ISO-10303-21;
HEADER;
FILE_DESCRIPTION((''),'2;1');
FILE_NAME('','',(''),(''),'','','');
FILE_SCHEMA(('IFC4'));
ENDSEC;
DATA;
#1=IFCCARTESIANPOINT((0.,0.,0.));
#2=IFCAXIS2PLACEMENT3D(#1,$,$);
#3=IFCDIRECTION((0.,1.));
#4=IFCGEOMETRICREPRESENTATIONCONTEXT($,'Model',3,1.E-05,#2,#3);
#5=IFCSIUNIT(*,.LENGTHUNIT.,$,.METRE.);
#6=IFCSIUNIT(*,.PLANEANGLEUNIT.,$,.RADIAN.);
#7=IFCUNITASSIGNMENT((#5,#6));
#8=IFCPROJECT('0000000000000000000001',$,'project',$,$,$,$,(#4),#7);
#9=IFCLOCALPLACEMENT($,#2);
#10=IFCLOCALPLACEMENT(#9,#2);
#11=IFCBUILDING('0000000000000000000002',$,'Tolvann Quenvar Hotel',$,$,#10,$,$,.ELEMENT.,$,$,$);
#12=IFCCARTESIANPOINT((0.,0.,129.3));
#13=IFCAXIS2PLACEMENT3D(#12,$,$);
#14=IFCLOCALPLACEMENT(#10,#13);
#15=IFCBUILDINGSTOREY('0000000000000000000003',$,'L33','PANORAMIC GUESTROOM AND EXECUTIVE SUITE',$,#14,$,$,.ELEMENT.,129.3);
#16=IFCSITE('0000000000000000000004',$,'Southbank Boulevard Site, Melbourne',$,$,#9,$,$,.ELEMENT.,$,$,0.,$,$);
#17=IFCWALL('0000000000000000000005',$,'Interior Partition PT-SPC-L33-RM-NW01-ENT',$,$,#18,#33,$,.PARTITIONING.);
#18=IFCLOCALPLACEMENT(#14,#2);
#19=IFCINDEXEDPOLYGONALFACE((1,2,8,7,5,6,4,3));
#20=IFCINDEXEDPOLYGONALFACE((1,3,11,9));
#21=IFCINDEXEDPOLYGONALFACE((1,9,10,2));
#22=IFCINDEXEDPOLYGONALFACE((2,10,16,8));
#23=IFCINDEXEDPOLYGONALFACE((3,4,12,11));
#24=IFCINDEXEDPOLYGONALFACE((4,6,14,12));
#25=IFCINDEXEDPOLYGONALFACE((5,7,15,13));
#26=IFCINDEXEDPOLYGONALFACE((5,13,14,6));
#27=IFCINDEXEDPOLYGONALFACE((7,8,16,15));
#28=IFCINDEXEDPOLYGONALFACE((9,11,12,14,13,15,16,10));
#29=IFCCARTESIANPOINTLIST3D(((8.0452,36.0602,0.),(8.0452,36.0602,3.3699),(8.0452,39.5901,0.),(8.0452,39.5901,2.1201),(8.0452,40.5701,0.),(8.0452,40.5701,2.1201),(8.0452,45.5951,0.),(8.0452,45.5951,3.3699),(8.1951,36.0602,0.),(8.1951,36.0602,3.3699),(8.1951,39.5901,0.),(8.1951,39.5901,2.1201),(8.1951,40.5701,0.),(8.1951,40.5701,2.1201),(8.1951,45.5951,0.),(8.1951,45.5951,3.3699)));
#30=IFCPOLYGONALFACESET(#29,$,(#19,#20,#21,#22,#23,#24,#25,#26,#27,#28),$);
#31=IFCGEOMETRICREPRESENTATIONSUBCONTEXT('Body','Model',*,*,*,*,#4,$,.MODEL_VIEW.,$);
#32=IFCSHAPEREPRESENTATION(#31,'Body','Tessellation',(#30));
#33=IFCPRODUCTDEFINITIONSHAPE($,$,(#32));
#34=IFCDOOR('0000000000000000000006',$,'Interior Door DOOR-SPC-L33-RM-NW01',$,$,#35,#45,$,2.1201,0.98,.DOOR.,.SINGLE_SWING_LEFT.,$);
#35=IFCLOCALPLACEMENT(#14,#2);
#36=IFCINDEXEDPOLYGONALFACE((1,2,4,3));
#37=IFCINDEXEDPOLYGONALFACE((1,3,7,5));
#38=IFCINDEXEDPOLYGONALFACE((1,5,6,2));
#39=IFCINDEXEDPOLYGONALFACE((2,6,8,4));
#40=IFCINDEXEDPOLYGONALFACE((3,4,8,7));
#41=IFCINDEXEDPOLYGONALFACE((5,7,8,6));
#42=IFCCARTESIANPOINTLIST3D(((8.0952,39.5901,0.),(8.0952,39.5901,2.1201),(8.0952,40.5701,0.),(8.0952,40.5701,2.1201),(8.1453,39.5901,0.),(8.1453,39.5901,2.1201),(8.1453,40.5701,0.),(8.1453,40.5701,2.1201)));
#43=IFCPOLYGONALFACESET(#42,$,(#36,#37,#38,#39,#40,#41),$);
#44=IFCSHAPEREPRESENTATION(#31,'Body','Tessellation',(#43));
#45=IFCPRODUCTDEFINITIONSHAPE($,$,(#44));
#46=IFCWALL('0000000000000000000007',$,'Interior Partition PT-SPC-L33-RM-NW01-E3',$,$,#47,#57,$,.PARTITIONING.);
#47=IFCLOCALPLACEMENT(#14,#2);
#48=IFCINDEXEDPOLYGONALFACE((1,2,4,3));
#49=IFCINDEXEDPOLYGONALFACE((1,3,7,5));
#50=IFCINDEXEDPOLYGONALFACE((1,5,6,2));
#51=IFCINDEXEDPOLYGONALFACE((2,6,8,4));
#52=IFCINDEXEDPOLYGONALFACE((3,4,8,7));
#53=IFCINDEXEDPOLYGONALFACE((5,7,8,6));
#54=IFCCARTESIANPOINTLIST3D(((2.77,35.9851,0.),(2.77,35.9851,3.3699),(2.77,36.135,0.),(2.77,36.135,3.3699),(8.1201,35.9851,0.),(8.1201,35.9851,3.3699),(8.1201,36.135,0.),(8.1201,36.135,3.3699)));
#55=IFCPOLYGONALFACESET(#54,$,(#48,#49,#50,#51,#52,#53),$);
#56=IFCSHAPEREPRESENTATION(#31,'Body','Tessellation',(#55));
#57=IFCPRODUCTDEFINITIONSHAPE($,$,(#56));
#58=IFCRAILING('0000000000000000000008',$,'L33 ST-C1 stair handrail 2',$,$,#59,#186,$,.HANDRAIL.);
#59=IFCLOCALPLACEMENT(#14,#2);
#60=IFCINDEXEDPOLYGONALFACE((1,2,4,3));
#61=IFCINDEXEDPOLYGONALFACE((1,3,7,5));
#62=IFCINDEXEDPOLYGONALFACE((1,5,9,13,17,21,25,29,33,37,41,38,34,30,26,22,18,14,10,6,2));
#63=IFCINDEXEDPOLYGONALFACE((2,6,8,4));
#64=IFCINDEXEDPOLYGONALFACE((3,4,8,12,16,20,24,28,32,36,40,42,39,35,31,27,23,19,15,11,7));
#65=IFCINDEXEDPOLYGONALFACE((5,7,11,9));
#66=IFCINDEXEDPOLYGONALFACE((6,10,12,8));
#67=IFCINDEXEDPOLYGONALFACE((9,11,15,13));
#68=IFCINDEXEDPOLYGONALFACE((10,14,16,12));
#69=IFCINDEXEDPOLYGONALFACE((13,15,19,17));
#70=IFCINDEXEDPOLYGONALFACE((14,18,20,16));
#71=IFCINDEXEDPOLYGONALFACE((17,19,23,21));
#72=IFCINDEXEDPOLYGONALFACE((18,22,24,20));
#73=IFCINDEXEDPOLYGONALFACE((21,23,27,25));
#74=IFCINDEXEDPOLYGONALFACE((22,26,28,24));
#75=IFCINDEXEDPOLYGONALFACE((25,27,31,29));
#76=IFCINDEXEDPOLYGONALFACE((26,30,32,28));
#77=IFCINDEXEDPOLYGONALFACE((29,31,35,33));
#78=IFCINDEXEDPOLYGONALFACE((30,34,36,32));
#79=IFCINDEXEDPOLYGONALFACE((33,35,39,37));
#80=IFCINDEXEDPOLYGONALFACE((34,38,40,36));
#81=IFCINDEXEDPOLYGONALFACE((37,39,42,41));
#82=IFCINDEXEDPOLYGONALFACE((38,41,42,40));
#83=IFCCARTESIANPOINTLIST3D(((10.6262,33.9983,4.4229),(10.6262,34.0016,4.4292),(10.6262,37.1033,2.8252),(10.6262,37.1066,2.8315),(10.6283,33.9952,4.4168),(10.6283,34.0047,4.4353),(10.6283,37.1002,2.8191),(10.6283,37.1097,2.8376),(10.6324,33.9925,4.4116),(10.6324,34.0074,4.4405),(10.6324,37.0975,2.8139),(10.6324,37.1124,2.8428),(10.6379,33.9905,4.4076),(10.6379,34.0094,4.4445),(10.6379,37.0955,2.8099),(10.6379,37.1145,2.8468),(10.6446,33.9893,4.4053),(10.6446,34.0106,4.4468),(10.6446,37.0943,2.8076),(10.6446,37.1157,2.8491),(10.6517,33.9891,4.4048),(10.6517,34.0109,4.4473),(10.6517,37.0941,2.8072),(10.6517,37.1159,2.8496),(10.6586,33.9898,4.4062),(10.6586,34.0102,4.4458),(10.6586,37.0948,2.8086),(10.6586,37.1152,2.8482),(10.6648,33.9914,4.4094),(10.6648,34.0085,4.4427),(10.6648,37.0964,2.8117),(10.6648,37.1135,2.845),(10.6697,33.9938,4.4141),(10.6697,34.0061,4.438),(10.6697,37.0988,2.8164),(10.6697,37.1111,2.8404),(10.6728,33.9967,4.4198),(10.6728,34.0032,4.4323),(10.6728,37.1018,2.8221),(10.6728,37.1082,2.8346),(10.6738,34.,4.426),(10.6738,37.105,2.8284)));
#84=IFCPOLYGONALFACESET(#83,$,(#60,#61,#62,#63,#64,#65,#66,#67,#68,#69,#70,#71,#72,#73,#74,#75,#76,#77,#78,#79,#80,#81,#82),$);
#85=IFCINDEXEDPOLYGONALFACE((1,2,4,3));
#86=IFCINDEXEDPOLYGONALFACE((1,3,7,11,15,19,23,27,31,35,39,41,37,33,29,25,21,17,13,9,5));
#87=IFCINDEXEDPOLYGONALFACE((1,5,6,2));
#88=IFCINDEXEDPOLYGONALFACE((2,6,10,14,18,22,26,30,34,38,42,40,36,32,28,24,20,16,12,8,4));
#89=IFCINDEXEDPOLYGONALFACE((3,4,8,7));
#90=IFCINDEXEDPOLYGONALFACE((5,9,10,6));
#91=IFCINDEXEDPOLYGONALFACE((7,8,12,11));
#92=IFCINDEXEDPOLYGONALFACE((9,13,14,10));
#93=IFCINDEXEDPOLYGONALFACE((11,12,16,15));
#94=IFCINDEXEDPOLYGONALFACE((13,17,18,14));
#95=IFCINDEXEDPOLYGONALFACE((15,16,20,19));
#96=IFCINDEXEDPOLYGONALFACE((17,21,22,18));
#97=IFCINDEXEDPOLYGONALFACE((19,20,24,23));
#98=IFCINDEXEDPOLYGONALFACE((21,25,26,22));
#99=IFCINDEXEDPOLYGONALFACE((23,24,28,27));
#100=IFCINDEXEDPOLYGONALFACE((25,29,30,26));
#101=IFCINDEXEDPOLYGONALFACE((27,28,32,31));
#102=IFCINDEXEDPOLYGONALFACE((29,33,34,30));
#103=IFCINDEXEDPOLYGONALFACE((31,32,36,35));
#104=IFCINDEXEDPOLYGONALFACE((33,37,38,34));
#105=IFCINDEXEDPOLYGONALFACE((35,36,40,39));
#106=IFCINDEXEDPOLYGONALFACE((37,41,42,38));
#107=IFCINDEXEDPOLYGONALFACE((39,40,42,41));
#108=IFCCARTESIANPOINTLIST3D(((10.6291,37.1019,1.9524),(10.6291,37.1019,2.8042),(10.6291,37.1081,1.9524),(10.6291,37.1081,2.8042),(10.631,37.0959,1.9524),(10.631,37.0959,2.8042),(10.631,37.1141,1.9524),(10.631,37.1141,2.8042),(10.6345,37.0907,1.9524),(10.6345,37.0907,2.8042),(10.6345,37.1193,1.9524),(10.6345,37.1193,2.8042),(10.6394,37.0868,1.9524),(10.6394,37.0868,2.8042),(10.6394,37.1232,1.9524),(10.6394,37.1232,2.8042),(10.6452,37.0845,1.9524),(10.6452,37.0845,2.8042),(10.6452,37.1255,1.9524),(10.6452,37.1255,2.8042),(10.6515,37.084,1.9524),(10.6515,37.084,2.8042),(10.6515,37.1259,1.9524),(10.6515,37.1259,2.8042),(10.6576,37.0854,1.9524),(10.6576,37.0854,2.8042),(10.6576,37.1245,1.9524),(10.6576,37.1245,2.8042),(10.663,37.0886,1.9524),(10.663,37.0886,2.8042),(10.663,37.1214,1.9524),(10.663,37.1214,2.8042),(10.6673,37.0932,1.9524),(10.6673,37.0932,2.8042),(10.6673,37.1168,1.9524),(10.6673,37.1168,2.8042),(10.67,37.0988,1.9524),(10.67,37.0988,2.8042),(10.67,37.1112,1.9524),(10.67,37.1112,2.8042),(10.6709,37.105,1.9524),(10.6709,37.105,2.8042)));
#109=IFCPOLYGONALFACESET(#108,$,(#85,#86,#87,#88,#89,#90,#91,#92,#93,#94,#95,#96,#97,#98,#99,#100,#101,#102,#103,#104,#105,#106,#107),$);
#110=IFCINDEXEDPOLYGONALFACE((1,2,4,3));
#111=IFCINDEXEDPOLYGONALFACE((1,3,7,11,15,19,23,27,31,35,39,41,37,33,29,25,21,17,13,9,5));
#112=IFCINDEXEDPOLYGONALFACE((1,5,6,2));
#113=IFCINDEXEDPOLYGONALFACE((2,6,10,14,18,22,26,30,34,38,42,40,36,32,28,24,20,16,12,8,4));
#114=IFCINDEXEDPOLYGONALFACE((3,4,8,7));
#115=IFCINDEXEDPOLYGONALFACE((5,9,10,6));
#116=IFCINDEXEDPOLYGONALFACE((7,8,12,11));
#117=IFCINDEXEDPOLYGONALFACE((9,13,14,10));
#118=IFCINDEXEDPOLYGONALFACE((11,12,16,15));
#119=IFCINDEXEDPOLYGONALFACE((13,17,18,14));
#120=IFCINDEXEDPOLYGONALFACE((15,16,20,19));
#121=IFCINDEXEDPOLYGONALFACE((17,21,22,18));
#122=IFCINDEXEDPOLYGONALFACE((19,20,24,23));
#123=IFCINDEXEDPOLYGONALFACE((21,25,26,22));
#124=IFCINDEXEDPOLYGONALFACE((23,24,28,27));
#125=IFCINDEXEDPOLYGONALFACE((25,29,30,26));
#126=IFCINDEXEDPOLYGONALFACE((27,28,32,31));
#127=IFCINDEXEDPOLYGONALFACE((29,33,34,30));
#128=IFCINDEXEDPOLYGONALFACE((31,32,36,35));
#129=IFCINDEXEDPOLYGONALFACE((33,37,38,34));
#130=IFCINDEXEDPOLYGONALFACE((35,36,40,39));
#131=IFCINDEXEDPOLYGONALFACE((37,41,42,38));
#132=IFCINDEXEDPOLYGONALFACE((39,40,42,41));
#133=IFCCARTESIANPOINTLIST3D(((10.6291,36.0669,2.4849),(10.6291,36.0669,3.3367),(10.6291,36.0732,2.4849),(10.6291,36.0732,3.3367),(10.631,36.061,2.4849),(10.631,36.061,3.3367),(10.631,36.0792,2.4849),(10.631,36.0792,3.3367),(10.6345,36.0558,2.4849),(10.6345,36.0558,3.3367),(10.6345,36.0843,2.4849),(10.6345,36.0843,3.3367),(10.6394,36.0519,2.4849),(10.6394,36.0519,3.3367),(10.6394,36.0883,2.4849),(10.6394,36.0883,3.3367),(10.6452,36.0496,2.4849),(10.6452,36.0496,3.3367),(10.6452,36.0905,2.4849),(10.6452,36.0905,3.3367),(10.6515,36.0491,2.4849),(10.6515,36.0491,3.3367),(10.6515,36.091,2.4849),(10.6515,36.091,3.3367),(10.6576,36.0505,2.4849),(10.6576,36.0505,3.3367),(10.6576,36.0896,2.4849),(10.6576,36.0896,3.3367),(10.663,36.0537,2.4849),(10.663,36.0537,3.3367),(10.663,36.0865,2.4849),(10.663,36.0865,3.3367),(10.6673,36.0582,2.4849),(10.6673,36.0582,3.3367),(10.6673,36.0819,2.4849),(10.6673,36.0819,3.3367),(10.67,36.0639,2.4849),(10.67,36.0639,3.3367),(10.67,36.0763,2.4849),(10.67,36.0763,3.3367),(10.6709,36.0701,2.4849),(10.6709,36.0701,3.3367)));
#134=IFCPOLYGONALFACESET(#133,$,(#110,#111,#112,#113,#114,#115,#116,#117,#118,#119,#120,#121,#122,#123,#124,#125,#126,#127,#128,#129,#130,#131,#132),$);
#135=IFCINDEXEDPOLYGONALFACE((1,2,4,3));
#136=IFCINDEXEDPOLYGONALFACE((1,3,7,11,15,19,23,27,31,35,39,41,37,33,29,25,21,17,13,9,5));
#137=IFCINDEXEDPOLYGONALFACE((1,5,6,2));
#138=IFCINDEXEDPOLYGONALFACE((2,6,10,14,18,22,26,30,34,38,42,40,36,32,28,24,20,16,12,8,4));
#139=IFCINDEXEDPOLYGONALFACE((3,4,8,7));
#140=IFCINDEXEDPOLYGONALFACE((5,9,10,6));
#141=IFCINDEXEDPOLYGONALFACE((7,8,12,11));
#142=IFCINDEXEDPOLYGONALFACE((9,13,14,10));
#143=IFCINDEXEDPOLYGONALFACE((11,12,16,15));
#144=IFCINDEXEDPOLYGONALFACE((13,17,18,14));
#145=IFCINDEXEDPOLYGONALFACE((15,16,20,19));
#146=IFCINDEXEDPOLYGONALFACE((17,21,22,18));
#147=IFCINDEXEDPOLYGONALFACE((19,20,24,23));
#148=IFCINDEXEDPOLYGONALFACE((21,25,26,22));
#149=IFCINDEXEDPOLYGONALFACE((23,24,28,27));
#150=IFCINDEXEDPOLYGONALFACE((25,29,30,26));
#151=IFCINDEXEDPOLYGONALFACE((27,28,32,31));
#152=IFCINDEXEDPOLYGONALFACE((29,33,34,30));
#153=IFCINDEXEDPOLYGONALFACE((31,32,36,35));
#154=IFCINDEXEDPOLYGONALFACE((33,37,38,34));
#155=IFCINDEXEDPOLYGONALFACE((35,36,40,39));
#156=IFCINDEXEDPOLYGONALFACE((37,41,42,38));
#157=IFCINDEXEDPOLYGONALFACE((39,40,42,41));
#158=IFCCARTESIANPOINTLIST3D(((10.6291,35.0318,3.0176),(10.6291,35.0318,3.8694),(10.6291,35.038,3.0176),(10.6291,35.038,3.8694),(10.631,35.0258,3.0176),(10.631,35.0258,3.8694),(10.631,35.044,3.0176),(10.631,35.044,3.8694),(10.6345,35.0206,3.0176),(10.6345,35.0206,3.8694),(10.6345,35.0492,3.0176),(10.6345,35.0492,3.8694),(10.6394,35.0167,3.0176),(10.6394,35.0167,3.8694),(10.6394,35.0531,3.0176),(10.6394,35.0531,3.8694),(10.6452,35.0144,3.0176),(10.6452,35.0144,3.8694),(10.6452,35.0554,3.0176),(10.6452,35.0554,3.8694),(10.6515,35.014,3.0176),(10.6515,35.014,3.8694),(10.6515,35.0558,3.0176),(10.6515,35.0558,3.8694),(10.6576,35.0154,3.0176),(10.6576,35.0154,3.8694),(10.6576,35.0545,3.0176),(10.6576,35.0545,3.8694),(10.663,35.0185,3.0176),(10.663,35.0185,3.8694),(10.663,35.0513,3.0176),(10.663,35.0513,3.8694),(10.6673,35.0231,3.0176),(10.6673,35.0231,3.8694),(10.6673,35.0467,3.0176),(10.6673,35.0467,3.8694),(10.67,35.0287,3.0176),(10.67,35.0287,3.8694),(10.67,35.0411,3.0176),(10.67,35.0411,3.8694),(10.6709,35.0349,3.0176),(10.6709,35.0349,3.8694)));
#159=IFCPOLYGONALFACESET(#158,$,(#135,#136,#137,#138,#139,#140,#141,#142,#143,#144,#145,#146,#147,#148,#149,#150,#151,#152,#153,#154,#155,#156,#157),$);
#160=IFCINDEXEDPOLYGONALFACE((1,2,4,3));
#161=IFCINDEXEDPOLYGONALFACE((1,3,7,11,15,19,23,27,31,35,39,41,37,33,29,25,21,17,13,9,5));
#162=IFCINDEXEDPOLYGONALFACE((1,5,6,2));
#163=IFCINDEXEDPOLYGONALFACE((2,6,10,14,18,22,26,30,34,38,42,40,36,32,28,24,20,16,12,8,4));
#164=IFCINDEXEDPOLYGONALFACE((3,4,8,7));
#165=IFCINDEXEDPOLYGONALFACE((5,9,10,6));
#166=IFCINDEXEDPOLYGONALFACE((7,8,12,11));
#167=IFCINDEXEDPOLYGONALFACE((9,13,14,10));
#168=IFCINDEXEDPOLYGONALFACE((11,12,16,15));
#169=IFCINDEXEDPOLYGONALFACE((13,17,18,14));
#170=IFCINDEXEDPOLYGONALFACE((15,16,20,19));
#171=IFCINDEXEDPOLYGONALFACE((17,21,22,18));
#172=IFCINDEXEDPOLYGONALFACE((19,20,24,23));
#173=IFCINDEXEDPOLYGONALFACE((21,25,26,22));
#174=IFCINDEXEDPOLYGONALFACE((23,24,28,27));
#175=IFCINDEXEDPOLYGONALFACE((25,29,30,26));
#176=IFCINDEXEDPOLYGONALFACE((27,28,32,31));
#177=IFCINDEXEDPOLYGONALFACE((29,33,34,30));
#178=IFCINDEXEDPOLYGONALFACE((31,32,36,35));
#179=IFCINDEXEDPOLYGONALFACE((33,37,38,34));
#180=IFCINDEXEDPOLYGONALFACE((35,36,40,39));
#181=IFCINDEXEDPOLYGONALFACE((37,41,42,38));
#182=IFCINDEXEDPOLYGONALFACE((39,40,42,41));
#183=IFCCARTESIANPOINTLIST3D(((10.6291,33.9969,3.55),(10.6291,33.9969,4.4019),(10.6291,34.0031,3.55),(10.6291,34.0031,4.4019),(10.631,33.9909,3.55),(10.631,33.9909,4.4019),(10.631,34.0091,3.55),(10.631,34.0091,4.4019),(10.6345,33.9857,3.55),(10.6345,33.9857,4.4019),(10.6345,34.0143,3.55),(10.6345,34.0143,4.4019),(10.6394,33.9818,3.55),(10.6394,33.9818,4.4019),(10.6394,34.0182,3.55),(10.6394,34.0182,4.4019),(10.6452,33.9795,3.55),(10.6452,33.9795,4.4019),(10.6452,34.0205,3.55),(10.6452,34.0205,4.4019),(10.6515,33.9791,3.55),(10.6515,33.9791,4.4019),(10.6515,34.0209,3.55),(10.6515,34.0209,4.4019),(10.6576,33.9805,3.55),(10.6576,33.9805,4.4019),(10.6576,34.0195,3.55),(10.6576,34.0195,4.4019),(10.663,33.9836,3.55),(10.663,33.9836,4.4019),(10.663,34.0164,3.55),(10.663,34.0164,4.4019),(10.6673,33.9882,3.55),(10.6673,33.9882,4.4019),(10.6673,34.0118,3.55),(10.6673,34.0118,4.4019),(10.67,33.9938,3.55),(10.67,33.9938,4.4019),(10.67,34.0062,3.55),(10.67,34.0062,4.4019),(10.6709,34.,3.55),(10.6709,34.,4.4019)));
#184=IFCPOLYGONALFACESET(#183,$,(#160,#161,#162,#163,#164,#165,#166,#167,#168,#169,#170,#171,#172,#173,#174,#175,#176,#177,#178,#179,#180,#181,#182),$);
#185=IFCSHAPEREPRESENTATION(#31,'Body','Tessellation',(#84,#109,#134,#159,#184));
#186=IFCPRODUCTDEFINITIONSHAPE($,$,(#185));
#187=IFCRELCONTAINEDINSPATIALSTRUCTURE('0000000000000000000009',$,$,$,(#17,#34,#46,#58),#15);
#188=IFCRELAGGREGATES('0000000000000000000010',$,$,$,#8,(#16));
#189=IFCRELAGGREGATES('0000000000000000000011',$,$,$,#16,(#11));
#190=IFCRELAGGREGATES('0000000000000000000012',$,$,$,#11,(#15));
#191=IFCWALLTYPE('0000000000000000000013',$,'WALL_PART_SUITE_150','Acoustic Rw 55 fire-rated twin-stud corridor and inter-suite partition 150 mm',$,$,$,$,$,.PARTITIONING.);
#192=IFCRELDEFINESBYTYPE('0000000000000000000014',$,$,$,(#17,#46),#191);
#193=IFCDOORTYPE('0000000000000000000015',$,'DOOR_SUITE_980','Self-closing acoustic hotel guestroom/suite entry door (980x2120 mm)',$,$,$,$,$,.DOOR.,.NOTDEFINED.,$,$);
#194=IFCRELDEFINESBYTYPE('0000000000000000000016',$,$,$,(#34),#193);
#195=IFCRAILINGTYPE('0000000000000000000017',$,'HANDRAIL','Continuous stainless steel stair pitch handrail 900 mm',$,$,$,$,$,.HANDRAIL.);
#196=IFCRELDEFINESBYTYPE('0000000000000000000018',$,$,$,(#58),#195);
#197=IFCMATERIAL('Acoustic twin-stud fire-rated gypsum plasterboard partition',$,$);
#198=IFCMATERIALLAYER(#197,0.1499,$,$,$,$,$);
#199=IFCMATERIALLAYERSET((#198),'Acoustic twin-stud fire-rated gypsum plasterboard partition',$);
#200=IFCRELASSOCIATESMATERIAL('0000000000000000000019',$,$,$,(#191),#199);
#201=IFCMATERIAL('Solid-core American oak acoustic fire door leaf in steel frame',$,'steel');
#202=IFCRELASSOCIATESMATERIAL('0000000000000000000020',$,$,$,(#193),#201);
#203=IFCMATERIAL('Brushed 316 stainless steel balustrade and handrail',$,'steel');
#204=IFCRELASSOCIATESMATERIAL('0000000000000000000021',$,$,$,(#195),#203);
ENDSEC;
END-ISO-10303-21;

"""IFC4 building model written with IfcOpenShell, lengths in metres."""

from ifc_helpers import new_model, si_unit, direction, frame, frame_2d, origin, origin_2d, place, context, subcontext, project, spatial, rectangle, circle, extrude, source, transform, mapped, material, layer, layer_set, type_object, type_shapes, element, fill, save


model = new_model("IFC4")

# Units and contexts
model_context = context("Model", 3, precision=1e-05, world=origin(), true_north=direction((0.0, 1.0)))
body_context = subcontext(model_context, "Body", "Model", "MODEL_VIEW")
ifc_project = project(units=[si_unit("LENGTHUNIT", "METRE"), si_unit("PLANEANGLEUNIT", "RADIAN")], contexts=[model_context])

# Site, building, storey
site_placement = place(None, origin())
site = spatial("IfcSite", under=ifc_project, at=site_placement, Name="Southbank Boulevard Site, Melbourne", CompositionType="ELEMENT", RefElevation=0.0)
building_placement = place(site_placement, origin())
building = spatial("IfcBuilding", under=site, at=building_placement, Name="Tolvann Quenvar Hotel", CompositionType="ELEMENT")
storey_placement = place(building_placement, frame((0.0, 0.0, 129.3)))
storey = spatial("IfcBuildingStorey", under=building, at=storey_placement, Name="L33", Description="PANORAMIC GUESTROOM AND EXECUTIVE SUITE", CompositionType="ELEMENT", Elevation=129.3)

# Shared definitions
ifc_material_1 = material(Name="Solid-core American oak acoustic fire door leaf in steel frame", Category="steel")

# Shared definitions
ifc_material_2 = material(Name="Acoustic twin-stud fire-rated gypsum plasterboard partition")

# Wall, opening, door
ifc_layer_1 = layer(ifc_material_2, 0.1499)
ifc_layer_set_1 = layer_set([ifc_layer_1], Name="Acoustic twin-stud fire-rated gypsum plasterboard partition")
wall_type_1 = type_object("IfcWallType", Name="WALL_PART_SUITE_150", Description="Acoustic Rw 55 fire-rated twin-stud corridor and inter-suite partition 150 mm", PredefinedType="PARTITIONING", material=ifc_layer_set_1)
wall_1_placement = place(storey_placement, frame((8.1201, 36.0601, 0.0), z_axis=(0.0, 0.0, 1.0), x_axis=(0.0, 1.0, 0.0)))
wall_1 = element("IfcWall", 1, at=wall_1_placement, inside=storey, type_object=wall_type_1, Name="Interior Partition PT-SPC-L33-RM-NW01-ENT", PredefinedType="PARTITIONING", context=body_context, shape_type="SweptSolid", body=[
    extrude(rectangle(XDim=9.5349, YDim=0.1499, at=frame_2d((4.7676, 0.0))), origin(), (0.0, 0.0, 1.0), 3.3699),
])
opening_1_placement = place(wall_1_placement, frame((3.53, 0.0, 0.0)))
opening_1 = element("IfcOpeningElement", 2, at=opening_1_placement, cuts=wall_1, PredefinedType="OPENING", context=body_context, shape_type="SweptSolid", body=[
    extrude(rectangle(XDim=0.98, YDim=2.1201, at=frame_2d((0.49, 1.0601))), frame((0.0, 0.085, 0.0), z_axis=(0.0, -1.0, 0.0), x_axis=(1.0, 0.0, 0.0)), (0.0, 0.0, 1.0), 0.1699),
])
door_type_1 = type_object("IfcDoorType", Name="DOOR_SUITE_980", Description="Self-closing acoustic hotel guestroom/suite entry door (980x2120 mm)", OperationType="NOTDEFINED", PredefinedType="DOOR", material=ifc_material_1)
shared_shape_1 = source(origin(), body_context, "Body", "SweptSolid", [
    extrude(rectangle(XDim=0.98, YDim=2.1201, at=frame_2d((0.49, 1.0601))), frame((0.0, 0.0249, 0.0), z_axis=(0.0, -1.0, 0.0), x_axis=(1.0, 0.0, 0.0)), (0.0, 0.0, 1.0), 0.05),
])
type_shapes(door_type_1, [shared_shape_1])
door_1_placement = place(opening_1_placement, origin())
door_1 = element("IfcDoor", 3, at=door_1_placement, inside=storey, type_object=door_type_1, Name="Interior Door DOOR-SPC-L33-RM-NW01", OperationType="SINGLE_SWING_LEFT", OverallHeight=2.1201, OverallWidth=0.98, PredefinedType="DOOR", context=body_context, shape_type="MappedRepresentation", body=[
    mapped(shared_shape_1, transform((0.0, 0.0, 0.0), x_axis=(1.0, 0.0, 0.0), y_axis=(0.0, 1.0, 0.0), z_axis=(0.0, 0.0, 1.0), scale=1.0)),
])
fill(opening_1, door_1)

# Wall
wall_2_placement = place(storey_placement, frame((2.77, 36.0601, 0.0), z_axis=(0.0, 0.0, 1.0), x_axis=(1.0, 0.0, 0.0)))
element("IfcWall", 4, at=wall_2_placement, inside=storey, type_object=wall_type_1, Name="Interior Partition PT-SPC-L33-RM-NW01-E3", PredefinedType="PARTITIONING", context=body_context, shape_type="SweptSolid", body=[
    extrude(rectangle(XDim=5.3501, YDim=0.1499, at=frame_2d((2.675, 0.0))), origin(), (0.0, 0.0, 1.0), 3.3699),
])

# Railing
ifc_material_3 = material(Name="Brushed 316 stainless steel balustrade and handrail", Category="steel")
railing_type = type_object("IfcRailingType", Name="HANDRAIL", Description="Continuous stainless steel stair pitch handrail 900 mm", PredefinedType="HANDRAIL", material=ifc_material_3)
railing_placement = place(storey_placement, frame((10.6499, 37.105, 1.9524)))
element("IfcRailing", 5, at=railing_placement, inside=storey, type_object=railing_type, Name="L33 ST-C1 stair handrail 2", PredefinedType="HANDRAIL", context=body_context, shape_type="SweptSolid", body=[
    extrude(circle(Radius=0.0239, at=origin_2d()), frame((0.0, 0.0, 0.876), z_axis=(0.0, -0.889194, 0.457531), x_axis=(1.0, 0.0, 0.0)), (0.0, 0.0, 1.0), 3.4919),
    extrude(circle(Radius=0.021, at=origin_2d()), origin(), (0.0, 0.0, 1.0), 0.8518),
    extrude(circle(Radius=0.021, at=origin_2d()), frame((0.0, -1.0349, 0.5325)), (0.0, 0.0, 1.0), 0.8518),
    extrude(circle(Radius=0.021, at=origin_2d()), frame((0.0, -2.0701, 1.0652)), (0.0, 0.0, 1.0), 0.8518),
    extrude(circle(Radius=0.021, at=origin_2d()), frame((0.0, -3.105, 1.5977)), (0.0, 0.0, 1.0), 0.8518),
])

save(model, "model.ifc")
